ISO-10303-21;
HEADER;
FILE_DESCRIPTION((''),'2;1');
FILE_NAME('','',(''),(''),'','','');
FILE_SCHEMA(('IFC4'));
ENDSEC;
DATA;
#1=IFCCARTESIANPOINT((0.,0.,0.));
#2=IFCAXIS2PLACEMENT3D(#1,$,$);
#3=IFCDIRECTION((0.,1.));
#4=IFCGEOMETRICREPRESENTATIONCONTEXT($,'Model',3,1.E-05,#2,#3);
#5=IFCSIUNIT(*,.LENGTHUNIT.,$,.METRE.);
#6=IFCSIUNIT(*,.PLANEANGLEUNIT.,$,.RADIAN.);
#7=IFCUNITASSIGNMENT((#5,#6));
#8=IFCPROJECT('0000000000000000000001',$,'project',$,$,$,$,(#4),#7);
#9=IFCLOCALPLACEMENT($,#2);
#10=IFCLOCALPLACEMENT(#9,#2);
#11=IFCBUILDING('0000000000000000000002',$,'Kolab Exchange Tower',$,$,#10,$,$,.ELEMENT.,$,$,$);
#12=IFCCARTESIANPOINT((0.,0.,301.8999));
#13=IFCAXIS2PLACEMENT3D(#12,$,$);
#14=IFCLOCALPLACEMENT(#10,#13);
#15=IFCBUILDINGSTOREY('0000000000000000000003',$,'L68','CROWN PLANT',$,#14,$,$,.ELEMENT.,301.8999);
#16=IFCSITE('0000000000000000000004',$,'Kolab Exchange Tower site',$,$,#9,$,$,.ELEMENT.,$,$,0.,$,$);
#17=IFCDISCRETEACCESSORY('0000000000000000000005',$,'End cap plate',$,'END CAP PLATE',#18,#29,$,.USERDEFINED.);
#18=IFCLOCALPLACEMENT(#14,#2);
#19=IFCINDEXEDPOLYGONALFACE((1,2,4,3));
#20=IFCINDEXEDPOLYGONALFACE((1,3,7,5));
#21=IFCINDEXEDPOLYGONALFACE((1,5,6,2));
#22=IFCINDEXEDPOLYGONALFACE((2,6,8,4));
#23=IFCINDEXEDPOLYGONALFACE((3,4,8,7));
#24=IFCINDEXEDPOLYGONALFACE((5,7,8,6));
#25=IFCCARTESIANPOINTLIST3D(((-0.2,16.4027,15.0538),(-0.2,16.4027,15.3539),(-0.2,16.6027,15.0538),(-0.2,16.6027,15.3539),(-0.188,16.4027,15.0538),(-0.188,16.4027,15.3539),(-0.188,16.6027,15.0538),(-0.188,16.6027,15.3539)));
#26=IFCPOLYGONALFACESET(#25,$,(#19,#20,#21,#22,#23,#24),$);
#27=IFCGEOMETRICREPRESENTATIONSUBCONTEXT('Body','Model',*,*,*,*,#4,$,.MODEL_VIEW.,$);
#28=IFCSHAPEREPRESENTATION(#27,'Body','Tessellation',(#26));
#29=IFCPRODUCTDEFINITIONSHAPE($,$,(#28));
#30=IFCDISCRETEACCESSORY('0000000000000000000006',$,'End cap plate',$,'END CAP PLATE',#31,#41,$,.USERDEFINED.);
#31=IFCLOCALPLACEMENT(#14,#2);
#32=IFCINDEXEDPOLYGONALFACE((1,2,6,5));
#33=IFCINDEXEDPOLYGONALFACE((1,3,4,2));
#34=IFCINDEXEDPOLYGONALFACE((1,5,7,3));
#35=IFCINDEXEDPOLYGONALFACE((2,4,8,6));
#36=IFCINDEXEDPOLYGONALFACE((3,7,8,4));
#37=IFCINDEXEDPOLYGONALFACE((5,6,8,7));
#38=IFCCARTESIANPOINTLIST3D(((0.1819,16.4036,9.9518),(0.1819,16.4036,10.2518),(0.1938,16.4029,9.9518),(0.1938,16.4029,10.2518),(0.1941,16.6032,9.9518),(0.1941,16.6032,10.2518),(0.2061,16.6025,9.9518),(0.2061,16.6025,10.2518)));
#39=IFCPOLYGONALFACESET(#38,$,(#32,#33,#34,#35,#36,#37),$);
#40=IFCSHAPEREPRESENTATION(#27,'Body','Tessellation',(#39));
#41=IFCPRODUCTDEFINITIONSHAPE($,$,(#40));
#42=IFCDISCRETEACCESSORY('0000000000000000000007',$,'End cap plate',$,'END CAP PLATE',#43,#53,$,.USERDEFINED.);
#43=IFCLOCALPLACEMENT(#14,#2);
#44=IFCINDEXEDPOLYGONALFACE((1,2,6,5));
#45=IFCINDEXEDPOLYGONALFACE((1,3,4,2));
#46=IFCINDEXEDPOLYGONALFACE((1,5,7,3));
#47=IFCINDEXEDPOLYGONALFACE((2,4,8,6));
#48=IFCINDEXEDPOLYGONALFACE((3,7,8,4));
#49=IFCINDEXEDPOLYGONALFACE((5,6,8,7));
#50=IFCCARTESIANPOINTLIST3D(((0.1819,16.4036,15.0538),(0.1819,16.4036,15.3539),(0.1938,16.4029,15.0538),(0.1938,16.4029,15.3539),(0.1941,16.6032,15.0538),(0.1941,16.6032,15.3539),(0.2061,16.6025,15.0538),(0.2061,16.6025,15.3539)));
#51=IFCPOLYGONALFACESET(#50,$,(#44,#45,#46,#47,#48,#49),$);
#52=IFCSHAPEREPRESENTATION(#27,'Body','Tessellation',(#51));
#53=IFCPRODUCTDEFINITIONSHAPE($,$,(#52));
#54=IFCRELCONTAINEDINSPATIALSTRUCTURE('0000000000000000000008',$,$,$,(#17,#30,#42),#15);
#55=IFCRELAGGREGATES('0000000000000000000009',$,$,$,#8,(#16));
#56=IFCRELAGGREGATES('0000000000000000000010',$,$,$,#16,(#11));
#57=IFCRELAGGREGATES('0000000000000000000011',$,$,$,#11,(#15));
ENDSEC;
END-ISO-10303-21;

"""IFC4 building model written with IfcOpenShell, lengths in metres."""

from ifc_helpers import new_model, si_unit, direction, frame, origin, origin_2d, place, context, subcontext, project, spatial, rectangle, extrude, element, save


model = new_model("IFC4")

# Units and contexts
model_context = context("Model", 3, precision=1e-05, world=origin(), true_north=direction((0.0, 1.0)))
body_context = subcontext(model_context, "Body", "Model", "MODEL_VIEW")
ifc_project = project(units=[si_unit("LENGTHUNIT", "METRE"), si_unit("PLANEANGLEUNIT", "RADIAN")], contexts=[model_context])

# Site, building, storey
site_placement = place(None, origin())
site = spatial("IfcSite", under=ifc_project, at=site_placement, Name="Kolab Exchange Tower site", CompositionType="ELEMENT", RefElevation=0.0)
building_placement = place(site_placement, origin())
building = spatial("IfcBuilding", under=site, at=building_placement, Name="Kolab Exchange Tower", CompositionType="ELEMENT")
storey_placement = place(building_placement, frame((0.0, 0.0, 301.8999)))
storey = spatial("IfcBuildingStorey", under=building, at=storey_placement, Name="L68", Description="CROWN PLANT", CompositionType="ELEMENT", Elevation=301.8999)

# Discrete accessories
for number, where, z_axis, x_axis, name in (
    (1, (-0.2, 16.5027, 15.2039), (1.0, 0.0, 0.0), (0.0, 1.0, 0.0), "End cap plate"),
    (2, (0.2, 16.5027, 10.1018), (-0.998131, 0.06111, 0.0), (-0.06111, -0.998131, 0.0), "End cap plate"),
    (3, (0.2, 16.5027, 15.2039), (-0.998131, 0.06111, 0.0), (-0.06111, -0.998131, 0.0), "End cap plate"),
):
    element("IfcDiscreteAccessory", number, at=place(storey_placement, frame(where, z_axis=z_axis, x_axis=x_axis)), inside=storey, Name=name, ObjectType="END CAP PLATE", PredefinedType="USERDEFINED", context=body_context, shape_type="SweptSolid", body=[
        extrude(rectangle(XDim=0.2, YDim=0.3, at=origin_2d()), origin(), (0.0, 0.0, 1.0), 0.012),
    ])

save(model, "model.ifc")
